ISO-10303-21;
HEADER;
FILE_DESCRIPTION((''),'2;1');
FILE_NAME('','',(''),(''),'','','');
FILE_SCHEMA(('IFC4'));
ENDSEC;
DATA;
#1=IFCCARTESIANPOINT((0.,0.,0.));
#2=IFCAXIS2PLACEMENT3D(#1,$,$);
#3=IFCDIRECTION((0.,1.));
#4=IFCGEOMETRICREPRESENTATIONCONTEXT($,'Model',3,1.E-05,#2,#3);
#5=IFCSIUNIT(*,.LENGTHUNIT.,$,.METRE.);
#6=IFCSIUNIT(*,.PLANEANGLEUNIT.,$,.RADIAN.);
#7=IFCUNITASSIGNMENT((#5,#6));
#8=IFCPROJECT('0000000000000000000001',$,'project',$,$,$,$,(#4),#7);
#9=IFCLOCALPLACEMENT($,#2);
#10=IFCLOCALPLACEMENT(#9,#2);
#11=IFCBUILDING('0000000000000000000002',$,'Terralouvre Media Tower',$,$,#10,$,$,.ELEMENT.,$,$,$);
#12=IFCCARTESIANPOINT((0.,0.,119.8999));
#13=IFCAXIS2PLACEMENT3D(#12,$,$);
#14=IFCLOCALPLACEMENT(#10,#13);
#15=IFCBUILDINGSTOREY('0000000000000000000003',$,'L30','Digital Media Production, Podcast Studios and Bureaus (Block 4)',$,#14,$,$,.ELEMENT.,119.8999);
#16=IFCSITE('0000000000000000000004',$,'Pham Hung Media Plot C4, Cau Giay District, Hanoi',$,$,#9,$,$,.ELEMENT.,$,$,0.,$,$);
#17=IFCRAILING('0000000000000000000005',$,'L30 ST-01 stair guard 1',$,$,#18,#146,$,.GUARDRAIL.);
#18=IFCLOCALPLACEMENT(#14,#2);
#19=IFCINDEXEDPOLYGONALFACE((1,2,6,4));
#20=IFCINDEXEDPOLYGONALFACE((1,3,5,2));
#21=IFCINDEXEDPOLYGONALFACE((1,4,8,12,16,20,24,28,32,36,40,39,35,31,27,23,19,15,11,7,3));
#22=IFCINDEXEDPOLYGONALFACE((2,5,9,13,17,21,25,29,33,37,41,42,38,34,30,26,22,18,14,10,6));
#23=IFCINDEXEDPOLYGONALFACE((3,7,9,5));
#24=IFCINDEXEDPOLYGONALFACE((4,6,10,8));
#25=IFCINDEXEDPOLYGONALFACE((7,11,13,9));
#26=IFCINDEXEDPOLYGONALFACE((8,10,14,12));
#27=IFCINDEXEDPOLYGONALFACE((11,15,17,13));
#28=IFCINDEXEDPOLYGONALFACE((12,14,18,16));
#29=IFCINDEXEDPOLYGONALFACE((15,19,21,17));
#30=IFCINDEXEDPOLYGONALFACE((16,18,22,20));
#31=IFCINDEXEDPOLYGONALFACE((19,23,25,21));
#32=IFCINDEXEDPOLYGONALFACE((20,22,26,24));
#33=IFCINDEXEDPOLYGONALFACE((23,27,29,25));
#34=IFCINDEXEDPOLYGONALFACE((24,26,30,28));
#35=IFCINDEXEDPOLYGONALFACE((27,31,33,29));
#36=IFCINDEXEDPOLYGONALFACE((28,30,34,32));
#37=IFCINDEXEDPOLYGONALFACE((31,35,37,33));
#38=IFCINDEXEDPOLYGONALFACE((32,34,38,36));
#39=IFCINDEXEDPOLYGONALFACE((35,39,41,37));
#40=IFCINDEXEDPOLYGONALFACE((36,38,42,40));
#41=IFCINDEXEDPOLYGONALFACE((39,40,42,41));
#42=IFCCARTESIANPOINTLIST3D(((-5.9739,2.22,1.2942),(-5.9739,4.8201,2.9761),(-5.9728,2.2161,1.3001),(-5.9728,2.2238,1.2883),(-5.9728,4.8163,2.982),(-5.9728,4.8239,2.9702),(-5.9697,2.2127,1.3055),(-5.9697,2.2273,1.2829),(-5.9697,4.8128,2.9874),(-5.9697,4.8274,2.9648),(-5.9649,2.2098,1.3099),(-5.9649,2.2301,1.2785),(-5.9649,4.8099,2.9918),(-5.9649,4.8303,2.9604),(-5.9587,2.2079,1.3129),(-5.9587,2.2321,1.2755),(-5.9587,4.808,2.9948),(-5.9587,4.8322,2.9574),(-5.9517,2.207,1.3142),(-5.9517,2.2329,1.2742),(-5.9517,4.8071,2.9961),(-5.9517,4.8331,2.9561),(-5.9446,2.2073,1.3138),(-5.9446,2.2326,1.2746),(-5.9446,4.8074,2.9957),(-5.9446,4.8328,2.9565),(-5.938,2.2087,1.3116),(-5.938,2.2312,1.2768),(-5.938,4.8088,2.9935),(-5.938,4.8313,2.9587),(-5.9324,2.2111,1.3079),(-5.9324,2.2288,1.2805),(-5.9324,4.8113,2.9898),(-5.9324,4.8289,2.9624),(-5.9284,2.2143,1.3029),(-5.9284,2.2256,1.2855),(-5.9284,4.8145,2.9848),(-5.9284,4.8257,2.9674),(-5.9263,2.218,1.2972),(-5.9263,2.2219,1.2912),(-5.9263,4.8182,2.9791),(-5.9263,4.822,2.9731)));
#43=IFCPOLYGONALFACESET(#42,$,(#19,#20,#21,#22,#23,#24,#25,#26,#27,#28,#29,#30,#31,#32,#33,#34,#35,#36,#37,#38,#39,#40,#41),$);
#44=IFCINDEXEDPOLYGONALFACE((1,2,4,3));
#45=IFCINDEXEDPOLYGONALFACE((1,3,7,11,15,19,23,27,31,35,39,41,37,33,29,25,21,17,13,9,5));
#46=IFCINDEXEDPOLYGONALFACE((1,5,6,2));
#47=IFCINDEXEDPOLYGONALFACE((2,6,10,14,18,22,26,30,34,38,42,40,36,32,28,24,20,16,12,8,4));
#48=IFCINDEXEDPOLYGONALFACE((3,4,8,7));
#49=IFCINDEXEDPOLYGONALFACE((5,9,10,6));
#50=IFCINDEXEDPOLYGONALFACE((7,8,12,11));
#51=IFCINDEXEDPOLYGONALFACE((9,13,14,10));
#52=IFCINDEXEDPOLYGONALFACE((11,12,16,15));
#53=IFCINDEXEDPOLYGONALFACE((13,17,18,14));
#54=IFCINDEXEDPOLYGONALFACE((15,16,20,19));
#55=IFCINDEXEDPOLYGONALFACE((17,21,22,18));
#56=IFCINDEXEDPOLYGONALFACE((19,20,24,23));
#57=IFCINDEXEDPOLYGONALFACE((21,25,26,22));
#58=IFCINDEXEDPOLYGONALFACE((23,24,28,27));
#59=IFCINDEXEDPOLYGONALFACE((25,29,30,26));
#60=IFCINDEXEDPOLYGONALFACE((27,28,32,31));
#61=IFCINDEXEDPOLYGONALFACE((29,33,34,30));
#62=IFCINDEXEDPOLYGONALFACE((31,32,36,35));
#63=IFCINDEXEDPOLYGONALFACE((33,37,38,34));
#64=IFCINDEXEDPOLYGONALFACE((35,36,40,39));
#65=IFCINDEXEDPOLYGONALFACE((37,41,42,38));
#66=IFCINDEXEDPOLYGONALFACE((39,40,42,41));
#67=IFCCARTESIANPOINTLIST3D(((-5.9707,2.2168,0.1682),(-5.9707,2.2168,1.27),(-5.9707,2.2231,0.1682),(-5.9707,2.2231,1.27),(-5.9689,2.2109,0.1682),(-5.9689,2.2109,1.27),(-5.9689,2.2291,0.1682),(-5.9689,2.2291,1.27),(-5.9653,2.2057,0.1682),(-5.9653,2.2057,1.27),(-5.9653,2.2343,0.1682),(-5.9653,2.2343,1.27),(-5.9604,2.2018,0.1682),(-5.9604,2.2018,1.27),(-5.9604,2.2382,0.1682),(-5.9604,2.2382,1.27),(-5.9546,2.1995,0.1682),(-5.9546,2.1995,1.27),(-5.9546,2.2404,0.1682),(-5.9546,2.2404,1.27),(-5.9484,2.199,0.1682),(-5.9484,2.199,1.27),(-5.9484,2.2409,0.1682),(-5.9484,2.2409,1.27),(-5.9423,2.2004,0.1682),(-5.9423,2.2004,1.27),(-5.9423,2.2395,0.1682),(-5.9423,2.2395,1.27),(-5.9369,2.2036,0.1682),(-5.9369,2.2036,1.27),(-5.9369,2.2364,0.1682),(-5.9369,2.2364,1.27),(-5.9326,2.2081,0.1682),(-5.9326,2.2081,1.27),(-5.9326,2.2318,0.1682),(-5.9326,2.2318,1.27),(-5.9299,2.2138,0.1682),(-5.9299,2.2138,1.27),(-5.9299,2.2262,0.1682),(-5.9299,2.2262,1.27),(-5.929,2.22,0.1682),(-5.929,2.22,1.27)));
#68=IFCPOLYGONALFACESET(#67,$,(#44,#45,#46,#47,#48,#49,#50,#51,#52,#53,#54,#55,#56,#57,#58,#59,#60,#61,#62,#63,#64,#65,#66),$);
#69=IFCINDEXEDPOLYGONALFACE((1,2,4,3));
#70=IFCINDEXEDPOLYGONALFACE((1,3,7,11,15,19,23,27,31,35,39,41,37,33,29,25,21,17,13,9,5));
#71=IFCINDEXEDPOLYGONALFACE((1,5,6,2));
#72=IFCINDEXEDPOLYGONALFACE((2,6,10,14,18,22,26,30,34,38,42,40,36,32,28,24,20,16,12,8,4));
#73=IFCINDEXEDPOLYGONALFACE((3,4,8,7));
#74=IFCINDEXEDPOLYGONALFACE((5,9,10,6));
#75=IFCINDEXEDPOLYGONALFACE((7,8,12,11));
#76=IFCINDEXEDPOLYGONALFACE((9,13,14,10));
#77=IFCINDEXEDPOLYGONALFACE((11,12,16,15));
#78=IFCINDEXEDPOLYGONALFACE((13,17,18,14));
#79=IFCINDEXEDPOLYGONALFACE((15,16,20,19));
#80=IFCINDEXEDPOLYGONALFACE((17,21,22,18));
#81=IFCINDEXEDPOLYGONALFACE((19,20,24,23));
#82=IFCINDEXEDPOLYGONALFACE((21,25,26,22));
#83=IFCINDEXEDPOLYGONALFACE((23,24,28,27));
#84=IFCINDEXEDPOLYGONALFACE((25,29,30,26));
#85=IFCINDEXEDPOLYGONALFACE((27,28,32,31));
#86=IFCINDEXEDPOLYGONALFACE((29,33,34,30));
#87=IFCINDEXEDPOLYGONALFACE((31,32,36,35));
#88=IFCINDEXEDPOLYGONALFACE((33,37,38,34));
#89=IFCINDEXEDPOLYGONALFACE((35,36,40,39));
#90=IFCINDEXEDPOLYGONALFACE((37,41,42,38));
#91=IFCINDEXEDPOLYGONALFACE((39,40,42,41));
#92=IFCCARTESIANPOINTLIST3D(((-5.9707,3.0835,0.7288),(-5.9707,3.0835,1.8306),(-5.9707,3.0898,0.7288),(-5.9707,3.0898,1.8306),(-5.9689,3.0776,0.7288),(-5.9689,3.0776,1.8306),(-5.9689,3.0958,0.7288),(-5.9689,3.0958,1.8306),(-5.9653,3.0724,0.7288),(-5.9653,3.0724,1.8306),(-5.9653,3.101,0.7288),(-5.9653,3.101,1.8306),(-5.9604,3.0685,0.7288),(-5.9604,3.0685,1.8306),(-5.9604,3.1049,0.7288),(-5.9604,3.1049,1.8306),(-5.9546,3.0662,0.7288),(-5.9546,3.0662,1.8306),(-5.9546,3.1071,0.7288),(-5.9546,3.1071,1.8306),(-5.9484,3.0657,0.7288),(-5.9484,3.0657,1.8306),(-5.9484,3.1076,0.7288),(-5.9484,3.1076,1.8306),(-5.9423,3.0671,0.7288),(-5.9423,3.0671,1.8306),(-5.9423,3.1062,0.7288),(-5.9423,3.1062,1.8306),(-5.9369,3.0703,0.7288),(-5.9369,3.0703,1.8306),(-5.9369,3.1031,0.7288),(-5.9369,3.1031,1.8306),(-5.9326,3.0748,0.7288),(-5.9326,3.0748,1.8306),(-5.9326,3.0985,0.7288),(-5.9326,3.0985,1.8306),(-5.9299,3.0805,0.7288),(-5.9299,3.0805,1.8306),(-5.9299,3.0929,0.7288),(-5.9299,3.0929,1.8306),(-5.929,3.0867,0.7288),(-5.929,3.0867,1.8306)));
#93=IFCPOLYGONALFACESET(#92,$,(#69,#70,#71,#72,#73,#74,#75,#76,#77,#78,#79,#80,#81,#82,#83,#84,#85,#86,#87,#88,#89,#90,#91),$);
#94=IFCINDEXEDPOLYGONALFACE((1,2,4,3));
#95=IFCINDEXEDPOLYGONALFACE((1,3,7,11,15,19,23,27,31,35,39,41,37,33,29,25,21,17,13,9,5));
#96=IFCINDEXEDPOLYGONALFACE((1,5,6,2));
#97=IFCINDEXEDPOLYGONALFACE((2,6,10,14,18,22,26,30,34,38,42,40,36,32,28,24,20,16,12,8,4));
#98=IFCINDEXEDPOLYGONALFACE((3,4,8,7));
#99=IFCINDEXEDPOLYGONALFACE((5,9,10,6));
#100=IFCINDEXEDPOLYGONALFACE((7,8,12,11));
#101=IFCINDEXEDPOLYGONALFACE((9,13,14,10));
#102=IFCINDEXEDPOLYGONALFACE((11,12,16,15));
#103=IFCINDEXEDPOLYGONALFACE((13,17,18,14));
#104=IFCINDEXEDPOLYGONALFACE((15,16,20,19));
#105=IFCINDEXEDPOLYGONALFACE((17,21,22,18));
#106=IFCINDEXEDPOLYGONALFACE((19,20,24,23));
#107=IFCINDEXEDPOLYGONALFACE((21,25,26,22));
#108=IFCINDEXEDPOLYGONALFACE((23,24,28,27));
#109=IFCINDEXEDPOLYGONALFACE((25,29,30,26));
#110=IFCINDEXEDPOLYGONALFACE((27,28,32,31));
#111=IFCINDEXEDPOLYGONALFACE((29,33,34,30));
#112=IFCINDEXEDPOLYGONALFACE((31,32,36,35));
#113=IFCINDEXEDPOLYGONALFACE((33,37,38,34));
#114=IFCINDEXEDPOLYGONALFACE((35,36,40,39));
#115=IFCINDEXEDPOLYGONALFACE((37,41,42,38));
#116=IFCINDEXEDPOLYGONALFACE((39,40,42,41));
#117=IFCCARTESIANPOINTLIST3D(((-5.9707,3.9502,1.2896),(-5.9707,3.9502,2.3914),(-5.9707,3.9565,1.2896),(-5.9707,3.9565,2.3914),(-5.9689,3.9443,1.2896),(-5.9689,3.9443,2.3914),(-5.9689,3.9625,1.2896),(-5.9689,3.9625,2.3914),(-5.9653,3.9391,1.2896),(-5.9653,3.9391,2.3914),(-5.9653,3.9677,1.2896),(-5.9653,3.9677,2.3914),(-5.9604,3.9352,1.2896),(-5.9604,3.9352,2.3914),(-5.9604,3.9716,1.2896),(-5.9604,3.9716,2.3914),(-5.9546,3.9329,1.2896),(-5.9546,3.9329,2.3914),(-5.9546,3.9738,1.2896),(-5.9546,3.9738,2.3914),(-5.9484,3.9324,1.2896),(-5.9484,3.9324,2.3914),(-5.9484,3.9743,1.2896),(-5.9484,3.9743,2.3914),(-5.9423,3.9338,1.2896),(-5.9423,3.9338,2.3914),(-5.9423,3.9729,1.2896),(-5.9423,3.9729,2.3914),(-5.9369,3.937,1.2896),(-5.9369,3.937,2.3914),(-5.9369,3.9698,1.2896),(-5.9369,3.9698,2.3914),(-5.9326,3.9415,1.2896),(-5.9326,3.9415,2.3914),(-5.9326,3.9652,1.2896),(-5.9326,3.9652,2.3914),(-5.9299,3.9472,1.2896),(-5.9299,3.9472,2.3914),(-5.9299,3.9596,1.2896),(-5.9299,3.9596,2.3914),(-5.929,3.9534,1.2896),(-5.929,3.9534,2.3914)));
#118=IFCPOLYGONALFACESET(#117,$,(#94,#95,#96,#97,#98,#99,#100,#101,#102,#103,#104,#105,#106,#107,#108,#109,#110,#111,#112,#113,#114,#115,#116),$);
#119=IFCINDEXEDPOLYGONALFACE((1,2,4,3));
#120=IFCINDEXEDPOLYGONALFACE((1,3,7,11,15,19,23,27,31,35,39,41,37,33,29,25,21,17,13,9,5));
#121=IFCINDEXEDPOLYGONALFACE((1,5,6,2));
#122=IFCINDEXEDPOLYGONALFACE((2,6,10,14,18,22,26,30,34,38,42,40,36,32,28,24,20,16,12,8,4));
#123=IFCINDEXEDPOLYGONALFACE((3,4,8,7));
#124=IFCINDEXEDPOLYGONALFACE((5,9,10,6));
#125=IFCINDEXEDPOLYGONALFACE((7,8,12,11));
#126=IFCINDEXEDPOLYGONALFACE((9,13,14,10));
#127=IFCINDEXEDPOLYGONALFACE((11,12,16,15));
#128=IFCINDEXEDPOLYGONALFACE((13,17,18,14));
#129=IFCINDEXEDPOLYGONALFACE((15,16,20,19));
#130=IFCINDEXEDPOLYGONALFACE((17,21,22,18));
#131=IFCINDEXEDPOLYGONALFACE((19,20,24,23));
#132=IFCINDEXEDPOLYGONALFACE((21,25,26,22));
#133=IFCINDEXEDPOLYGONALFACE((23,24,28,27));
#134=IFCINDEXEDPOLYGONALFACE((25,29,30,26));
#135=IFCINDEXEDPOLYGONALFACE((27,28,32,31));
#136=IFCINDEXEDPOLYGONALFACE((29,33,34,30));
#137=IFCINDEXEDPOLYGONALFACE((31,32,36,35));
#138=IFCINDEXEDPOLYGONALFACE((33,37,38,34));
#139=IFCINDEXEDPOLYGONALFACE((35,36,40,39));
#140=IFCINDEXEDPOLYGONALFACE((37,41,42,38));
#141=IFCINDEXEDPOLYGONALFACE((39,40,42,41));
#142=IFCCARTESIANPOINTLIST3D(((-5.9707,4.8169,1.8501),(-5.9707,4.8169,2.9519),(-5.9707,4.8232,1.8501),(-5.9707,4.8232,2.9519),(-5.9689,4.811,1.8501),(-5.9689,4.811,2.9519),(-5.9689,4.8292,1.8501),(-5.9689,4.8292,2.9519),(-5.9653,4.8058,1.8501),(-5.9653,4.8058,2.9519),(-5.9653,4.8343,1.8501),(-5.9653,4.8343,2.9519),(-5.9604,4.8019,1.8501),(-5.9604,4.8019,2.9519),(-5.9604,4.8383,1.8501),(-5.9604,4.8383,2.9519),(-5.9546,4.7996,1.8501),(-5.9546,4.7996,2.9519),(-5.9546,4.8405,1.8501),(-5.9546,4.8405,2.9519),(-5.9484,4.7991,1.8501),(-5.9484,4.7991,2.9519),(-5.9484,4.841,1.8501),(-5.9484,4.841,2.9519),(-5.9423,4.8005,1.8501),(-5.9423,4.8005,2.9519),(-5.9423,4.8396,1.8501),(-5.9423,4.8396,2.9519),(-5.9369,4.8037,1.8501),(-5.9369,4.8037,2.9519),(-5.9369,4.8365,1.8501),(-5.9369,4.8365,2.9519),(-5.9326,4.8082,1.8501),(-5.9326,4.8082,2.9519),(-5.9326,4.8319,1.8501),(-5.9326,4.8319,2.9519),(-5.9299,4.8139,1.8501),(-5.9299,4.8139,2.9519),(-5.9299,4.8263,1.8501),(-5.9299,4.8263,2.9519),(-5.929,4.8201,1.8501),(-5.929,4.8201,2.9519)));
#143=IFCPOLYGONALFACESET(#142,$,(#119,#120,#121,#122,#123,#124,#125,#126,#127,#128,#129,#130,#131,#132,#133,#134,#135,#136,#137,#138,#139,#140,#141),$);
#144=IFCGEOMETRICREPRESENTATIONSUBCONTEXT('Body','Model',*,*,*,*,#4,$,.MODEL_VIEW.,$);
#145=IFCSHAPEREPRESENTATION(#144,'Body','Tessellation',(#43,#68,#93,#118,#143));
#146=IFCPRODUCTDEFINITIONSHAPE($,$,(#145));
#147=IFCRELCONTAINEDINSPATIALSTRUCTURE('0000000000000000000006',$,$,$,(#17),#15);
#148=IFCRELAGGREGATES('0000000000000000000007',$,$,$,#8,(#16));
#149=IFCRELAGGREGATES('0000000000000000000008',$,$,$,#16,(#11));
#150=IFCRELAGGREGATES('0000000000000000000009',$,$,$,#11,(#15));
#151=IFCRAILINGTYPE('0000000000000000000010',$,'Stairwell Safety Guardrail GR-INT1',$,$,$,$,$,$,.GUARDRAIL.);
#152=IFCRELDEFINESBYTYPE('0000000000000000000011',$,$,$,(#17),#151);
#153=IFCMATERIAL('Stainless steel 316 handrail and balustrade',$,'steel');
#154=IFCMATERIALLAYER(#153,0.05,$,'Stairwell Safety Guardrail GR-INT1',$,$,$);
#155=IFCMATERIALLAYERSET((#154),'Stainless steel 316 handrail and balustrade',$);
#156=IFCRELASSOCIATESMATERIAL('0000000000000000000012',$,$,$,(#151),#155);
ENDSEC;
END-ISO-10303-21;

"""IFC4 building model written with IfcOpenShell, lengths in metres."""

from ifc_helpers import new_model, si_unit, direction, frame, origin, origin_2d, place, context, subcontext, project, spatial, circle, extrude, material, layer, layer_set, type_object, element, save


model = new_model("IFC4")

# Units and contexts
model_context = context("Model", 3, precision=1e-05, world=origin(), true_north=direction((0.0, 1.0)))
body_context = subcontext(model_context, "Body", "Model", "MODEL_VIEW")
ifc_project = project(units=[si_unit("LENGTHUNIT", "METRE"), si_unit("PLANEANGLEUNIT", "RADIAN")], contexts=[model_context])

# Site, building, storey
site_placement = place(None, origin())
site = spatial("IfcSite", under=ifc_project, at=site_placement, Name="Pham Hung Media Plot C4, Cau Giay District, Hanoi", CompositionType="ELEMENT", RefElevation=0.0)
building_placement = place(site_placement, origin())
building = spatial("IfcBuilding", under=site, at=building_placement, Name="Terralouvre Media Tower", CompositionType="ELEMENT")
storey_placement = place(building_placement, frame((0.0, 0.0, 119.8999)))
storey = spatial("IfcBuildingStorey", under=building, at=storey_placement, Name="L30", Description="Digital Media Production, Podcast Studios and Bureaus (Block 4)", CompositionType="ELEMENT", Elevation=119.8999)

# Railing
ifc_material_1 = material(Name="Stainless steel 316 handrail and balustrade", Category="steel")
ifc_layer_1 = layer(ifc_material_1, 0.05, Name="Stairwell Safety Guardrail GR-INT1")
ifc_layer_set_1 = layer_set([ifc_layer_1], Name="Stainless steel 316 handrail and balustrade")
railing_type_1 = type_object("IfcRailingType", Name="Stairwell Safety Guardrail GR-INT1", PredefinedType="GUARDRAIL", material=ifc_layer_set_1)
railing_1_placement = place(storey_placement, frame((-5.95, 2.22, 0.1682)))
element("IfcRailing", 1, at=railing_1_placement, inside=storey, type_object=railing_type_1, Name="L30 ST-01 stair guard 1", PredefinedType="GUARDRAIL", context=body_context, shape_type="SweptSolid", body=[
    extrude(circle(Radius=0.0239, at=origin_2d()), frame((0.0, 0.0, 1.126), z_axis=(0.0, 0.839648, 0.54313), x_axis=(-1.0, 0.0, 0.0)), (0.0, 0.0, 1.0), 3.0967),
    extrude(circle(Radius=0.021, at=origin_2d()), origin(), (0.0, 0.0, 1.0), 1.1018),
    extrude(circle(Radius=0.021, at=origin_2d()), frame((0.0, 0.8667, 0.5605)), (0.0, 0.0, 1.0), 1.1018),
    extrude(circle(Radius=0.021, at=origin_2d()), frame((0.0, 1.7334, 1.1213)), (0.0, 0.0, 1.0), 1.1018),
    extrude(circle(Radius=0.021, at=origin_2d()), frame((0.0, 2.6001, 1.6819)), (0.0, 0.0, 1.0), 1.1018),
])

save(model, "model.ifc")
